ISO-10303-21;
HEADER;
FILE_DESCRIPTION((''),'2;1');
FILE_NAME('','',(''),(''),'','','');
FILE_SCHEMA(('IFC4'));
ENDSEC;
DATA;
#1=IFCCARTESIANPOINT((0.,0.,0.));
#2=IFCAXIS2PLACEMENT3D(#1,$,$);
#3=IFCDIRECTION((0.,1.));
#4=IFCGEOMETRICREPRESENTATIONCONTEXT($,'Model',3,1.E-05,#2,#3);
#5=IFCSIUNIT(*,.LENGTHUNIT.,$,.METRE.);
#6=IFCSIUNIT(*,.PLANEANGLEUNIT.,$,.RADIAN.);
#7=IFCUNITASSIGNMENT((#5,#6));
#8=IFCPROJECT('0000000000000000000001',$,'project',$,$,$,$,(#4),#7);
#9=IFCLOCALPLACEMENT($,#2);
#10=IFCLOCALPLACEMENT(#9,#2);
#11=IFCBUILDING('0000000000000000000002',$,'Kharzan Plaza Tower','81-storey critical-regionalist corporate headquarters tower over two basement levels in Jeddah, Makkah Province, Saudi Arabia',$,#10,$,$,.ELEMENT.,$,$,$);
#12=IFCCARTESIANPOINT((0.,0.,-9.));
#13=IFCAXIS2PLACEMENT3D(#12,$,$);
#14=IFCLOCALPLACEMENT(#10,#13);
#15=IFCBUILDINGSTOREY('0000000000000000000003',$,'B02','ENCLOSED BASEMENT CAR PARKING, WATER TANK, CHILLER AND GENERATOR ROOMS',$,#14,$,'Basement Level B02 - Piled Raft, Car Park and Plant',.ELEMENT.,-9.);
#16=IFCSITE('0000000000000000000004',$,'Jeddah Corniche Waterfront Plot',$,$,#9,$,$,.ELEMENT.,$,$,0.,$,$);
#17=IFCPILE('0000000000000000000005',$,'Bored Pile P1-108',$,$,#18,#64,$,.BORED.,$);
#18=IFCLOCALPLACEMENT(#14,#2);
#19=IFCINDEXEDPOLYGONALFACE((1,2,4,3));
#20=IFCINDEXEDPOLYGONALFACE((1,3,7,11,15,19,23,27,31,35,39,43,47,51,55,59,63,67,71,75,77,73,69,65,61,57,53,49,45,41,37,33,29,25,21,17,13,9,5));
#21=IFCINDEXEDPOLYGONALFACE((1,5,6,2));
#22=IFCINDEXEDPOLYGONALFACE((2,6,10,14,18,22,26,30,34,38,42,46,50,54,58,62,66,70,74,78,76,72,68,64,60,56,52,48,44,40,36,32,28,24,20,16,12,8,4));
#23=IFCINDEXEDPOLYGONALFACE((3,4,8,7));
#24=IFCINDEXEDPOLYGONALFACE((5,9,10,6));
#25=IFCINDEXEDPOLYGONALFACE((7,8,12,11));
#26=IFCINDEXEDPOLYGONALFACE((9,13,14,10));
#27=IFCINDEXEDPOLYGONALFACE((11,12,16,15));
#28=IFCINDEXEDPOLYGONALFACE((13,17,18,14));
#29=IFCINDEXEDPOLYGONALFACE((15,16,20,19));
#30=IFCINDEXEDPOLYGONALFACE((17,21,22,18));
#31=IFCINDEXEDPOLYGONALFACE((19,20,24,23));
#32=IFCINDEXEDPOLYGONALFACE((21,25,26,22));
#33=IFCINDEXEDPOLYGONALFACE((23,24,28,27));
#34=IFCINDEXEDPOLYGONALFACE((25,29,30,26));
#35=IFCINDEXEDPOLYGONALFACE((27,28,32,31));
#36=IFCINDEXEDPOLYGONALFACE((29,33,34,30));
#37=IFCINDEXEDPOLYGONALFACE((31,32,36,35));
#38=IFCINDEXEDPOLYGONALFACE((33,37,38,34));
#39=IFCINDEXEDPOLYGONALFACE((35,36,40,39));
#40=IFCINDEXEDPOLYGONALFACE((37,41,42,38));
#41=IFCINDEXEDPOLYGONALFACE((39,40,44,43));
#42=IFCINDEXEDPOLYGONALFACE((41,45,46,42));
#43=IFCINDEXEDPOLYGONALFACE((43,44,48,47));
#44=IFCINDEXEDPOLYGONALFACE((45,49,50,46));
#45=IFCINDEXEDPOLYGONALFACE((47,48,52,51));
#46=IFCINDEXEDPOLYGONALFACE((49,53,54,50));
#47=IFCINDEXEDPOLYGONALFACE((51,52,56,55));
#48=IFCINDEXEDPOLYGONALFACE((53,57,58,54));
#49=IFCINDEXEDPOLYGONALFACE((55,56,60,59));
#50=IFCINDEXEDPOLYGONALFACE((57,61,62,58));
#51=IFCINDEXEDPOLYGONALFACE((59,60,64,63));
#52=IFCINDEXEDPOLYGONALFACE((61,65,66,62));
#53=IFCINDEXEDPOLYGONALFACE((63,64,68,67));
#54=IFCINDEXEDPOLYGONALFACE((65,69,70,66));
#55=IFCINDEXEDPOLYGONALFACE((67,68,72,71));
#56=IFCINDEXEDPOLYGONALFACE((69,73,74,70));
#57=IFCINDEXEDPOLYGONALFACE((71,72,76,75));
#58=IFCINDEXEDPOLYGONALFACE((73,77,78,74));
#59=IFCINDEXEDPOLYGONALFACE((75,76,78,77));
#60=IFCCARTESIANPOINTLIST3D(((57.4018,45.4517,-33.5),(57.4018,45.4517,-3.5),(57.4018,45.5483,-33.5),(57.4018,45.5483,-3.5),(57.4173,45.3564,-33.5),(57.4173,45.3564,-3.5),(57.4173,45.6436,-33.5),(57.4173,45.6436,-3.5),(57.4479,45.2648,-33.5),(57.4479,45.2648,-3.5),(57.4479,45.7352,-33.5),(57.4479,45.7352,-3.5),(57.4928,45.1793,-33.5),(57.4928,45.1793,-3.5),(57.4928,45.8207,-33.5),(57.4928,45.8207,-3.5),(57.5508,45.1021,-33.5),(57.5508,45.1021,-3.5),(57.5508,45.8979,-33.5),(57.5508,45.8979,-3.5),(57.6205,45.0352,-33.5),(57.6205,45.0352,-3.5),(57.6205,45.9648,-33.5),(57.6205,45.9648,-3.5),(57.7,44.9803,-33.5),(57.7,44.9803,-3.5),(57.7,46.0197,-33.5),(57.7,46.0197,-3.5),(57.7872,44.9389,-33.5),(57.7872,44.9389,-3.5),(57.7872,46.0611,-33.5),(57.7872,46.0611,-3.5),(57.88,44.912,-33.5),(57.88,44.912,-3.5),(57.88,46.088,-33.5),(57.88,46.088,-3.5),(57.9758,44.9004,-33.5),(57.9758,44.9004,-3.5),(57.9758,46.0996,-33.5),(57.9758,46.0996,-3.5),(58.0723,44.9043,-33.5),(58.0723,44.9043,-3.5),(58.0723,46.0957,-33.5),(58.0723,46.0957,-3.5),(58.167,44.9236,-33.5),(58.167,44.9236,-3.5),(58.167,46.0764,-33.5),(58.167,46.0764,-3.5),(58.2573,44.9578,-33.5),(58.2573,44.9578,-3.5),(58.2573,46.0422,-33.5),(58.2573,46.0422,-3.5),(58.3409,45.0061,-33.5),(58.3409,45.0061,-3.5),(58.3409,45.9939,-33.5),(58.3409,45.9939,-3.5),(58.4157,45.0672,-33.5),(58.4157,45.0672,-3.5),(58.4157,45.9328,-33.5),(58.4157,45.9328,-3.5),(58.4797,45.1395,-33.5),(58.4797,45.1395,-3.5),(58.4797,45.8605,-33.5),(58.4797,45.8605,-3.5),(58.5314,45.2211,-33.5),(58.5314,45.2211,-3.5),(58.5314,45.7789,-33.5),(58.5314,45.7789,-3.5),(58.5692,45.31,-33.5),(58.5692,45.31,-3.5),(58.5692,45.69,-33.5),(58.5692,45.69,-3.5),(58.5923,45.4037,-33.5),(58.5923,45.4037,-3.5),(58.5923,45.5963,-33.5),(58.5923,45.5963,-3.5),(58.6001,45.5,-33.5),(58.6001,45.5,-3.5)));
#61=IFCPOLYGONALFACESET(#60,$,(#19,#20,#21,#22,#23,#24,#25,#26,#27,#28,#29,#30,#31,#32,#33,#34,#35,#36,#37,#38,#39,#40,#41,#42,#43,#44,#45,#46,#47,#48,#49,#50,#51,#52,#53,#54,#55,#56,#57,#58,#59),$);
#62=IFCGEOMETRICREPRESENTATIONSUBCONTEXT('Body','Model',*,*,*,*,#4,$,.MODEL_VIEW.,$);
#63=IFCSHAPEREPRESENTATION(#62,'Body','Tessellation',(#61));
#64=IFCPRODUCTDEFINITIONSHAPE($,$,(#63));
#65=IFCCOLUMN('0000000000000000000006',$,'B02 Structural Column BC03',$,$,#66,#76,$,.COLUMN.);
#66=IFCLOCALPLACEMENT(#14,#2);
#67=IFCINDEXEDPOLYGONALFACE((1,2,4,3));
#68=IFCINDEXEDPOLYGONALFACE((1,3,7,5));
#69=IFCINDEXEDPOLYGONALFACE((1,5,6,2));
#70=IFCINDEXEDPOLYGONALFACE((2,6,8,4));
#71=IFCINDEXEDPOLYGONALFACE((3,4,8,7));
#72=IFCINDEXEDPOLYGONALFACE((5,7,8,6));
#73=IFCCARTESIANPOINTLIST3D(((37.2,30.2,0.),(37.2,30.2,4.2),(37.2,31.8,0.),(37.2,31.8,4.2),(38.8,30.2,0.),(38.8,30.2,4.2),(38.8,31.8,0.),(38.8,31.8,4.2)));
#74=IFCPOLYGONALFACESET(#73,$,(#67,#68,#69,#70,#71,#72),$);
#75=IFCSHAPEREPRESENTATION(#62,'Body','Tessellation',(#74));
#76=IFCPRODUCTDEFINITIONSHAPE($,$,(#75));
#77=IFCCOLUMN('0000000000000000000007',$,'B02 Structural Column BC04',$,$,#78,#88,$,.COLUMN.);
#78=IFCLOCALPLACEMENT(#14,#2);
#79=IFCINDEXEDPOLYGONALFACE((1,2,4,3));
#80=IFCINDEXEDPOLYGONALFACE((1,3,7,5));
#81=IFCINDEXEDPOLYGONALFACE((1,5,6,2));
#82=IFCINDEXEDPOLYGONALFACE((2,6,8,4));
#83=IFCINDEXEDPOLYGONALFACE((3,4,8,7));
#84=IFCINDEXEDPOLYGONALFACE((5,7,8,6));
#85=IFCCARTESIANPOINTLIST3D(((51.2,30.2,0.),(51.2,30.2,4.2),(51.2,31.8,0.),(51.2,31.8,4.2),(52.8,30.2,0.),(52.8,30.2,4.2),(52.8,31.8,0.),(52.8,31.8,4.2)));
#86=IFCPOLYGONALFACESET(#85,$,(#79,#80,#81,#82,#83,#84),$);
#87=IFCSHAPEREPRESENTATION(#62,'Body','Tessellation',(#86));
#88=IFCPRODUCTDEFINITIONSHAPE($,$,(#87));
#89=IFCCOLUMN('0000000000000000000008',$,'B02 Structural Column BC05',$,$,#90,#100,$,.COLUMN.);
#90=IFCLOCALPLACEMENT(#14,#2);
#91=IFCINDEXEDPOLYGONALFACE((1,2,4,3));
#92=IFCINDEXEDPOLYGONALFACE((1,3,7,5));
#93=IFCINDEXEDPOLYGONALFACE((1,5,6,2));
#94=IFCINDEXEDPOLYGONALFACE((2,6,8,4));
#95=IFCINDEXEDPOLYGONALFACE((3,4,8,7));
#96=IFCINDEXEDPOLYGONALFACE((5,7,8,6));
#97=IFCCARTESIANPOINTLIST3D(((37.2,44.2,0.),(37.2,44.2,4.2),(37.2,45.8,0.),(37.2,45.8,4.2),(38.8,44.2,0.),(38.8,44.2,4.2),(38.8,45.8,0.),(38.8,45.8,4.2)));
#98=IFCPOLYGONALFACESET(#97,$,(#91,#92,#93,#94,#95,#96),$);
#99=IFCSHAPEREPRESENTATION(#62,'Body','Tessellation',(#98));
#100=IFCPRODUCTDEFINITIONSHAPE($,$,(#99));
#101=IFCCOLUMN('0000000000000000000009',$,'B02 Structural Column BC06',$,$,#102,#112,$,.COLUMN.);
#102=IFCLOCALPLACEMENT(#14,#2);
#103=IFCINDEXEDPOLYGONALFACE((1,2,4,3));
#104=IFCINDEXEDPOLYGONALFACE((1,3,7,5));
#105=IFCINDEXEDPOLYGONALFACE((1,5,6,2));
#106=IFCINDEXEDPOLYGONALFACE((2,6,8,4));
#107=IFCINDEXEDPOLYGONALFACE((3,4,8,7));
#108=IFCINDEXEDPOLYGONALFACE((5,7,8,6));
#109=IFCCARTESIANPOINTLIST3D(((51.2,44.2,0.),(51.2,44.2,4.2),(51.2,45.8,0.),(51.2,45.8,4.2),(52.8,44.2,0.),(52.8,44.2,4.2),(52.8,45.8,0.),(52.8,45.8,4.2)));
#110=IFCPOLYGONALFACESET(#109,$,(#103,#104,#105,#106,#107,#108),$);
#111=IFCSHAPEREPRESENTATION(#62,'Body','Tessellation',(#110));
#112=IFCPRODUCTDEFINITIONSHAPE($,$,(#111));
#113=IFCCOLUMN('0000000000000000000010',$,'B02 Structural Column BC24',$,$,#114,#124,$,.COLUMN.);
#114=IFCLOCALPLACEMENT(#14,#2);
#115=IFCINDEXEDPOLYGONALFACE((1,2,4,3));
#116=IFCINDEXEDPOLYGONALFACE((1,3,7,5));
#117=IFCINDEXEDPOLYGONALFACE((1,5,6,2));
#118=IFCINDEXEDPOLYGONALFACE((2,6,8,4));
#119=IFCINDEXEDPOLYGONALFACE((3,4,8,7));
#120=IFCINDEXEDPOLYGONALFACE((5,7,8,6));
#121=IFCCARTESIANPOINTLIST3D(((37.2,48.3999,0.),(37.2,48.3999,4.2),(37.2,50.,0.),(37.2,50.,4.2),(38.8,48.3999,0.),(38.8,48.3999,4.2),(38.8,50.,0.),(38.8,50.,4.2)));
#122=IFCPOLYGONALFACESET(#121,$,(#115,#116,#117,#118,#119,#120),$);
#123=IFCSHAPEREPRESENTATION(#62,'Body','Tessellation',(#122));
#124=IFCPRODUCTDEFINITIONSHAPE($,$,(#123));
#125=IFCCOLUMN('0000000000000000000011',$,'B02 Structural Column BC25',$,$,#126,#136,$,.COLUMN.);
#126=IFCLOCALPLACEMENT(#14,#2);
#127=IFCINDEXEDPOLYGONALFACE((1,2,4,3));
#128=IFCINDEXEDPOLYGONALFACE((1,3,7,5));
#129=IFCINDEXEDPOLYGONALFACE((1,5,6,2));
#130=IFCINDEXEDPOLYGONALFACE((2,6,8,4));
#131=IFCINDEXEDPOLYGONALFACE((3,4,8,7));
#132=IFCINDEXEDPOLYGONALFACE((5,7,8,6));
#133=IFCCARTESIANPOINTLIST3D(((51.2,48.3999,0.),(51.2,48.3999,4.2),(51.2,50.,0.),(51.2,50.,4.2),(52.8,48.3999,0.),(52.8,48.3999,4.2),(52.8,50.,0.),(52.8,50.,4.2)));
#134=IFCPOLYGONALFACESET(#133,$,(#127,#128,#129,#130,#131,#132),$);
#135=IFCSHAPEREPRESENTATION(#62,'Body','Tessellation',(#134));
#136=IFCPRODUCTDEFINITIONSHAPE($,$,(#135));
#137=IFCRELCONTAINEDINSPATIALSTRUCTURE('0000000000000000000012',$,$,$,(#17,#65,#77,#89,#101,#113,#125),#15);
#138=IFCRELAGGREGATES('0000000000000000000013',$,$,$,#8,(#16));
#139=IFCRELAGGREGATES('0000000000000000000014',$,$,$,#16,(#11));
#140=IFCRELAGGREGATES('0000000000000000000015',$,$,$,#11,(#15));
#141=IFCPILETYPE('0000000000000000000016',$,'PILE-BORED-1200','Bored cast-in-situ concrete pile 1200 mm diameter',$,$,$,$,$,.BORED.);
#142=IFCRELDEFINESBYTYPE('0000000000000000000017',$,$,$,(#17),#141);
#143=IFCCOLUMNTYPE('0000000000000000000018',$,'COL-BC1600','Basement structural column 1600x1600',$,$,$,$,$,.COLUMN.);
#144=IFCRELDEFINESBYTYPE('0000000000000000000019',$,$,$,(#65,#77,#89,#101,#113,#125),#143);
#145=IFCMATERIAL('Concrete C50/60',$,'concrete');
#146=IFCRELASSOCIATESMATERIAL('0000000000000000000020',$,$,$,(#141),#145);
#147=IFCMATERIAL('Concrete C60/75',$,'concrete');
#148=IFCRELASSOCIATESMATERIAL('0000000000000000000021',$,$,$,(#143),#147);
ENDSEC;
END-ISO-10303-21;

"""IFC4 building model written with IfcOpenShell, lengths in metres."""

from ifc_helpers import new_model, si_unit, direction, frame, origin, origin_2d, place, context, subcontext, project, spatial, rectangle, circle, extrude, source, transform, mapped, material, material_profile, profile_set, type_object, element, save


model = new_model("IFC4")

# Units and contexts
model_context = context("Model", 3, precision=1e-05, world=origin(), true_north=direction((0.0, 1.0)))
body_context = subcontext(model_context, "Body", "Model", "MODEL_VIEW")
ifc_project = project(units=[si_unit("LENGTHUNIT", "METRE"), si_unit("PLANEANGLEUNIT", "RADIAN")], contexts=[model_context])

# Site, building, storey
site_placement = place(None, origin())
site = spatial("IfcSite", under=ifc_project, at=site_placement, Name="Jeddah Corniche Waterfront Plot", CompositionType="ELEMENT", RefElevation=0.0)
building_placement = place(site_placement, origin())
building = spatial("IfcBuilding", under=site, at=building_placement, Name="Kharzan Plaza Tower", Description="81-storey critical-regionalist corporate headquarters tower over two basement levels in Jeddah, Makkah Province, Saudi Arabia", CompositionType="ELEMENT")
storey_placement = place(building_placement, frame((0.0, 0.0, -9.0)))
storey = spatial("IfcBuildingStorey", under=building, at=storey_placement, Name="B02", Description="ENCLOSED BASEMENT CAR PARKING, WATER TANK, CHILLER AND GENERATOR ROOMS", LongName="Basement Level B02 - Piled Raft, Car Park and Plant", CompositionType="ELEMENT", Elevation=-9.0)

# Pile
ifc_material_1 = material(Name="Concrete C50/60", Category="concrete")
ifc_material_profile_1 = material_profile(ifc_material_1, circle(Radius=0.6001, at=origin_2d()), Name="PILE-D1200")
ifc_profile_set_1 = profile_set([ifc_material_profile_1], Name="Concrete C50/60")
pile_type = type_object("IfcPileType", Name="PILE-BORED-1200", Description="Bored cast-in-situ concrete pile 1200 mm diameter", PredefinedType="BORED", material=ifc_profile_set_1)
shared_shape_1 = source(origin(), body_context, "Body", "SweptSolid", [
    extrude(circle(Radius=0.6001, at=origin_2d()), origin(), (0.0, 0.0, 1.0), 30.0),
])
for number, where, z_axis, x_axis, name in (
    (1, (58.0, 45.5, -3.5), (0.0, 0.0, -1.0), (1.0, 0.0, 0.0), "Bored Pile P1-108"),
):
    element("IfcPile", number, at=place(storey_placement, frame(where, z_axis=z_axis, x_axis=x_axis)), inside=storey, type_object=pile_type, Name=name, PredefinedType="BORED", context=body_context, shape_type="MappedRepresentation", body=[
        mapped(shared_shape_1, transform((0.0, 0.0, 0.0), x_axis=(1.0, 0.0, 0.0), y_axis=(0.0, 1.0, 0.0), z_axis=(0.0, 0.0, 1.0))),
    ])

# Columns
ifc_material_2 = material(Name="Concrete C60/75", Category="concrete")
ifc_material_profile_2 = material_profile(ifc_material_2, rectangle(XDim=1.6001, YDim=1.6001, at=origin_2d()), Name="RC-MC1600x1600")
ifc_profile_set_2 = profile_set([ifc_material_profile_2], Name="Concrete C60/75")
column_type = type_object("IfcColumnType", Name="COL-BC1600", Description="Basement structural column 1600x1600", PredefinedType="COLUMN", material=ifc_profile_set_2)
shared_shape_2 = source(origin(), body_context, "Body", "SweptSolid", [
    extrude(rectangle(XDim=1.6001, YDim=1.6001, at=origin_2d()), origin(), (0.0, 0.0, 1.0), 4.2),
])
for number, where, z_axis, x_axis, name in (
    (2, (38.0, 31.0, 0.0), (0.0, 0.0, 1.0), (1.0, 0.0, 0.0), "B02 Structural Column BC03"),
    (3, (52.0, 31.0, 0.0), (0.0, 0.0, 1.0), (1.0, 0.0, 0.0), "B02 Structural Column BC04"),
    (4, (38.0, 45.0, 0.0), (0.0, 0.0, 1.0), (1.0, 0.0, 0.0), "B02 Structural Column BC05"),
    (5, (52.0, 45.0, 0.0), (0.0, 0.0, 1.0), (1.0, 0.0, 0.0), "B02 Structural Column BC06"),
    (6, (38.0, 49.2, 0.0), (0.0, 0.0, 1.0), (1.0, 0.0, 0.0), "B02 Structural Column BC24"),
    (7, (52.0, 49.2, 0.0), (0.0, 0.0, 1.0), (1.0, 0.0, 0.0), "B02 Structural Column BC25"),
):
    element("IfcColumn", number, at=place(storey_placement, frame(where, z_axis=z_axis, x_axis=x_axis)), inside=storey, type_object=column_type, Name=name, PredefinedType="COLUMN", context=body_context, shape_type="MappedRepresentation", body=[
        mapped(shared_shape_2, transform((0.0, 0.0, 0.0), x_axis=(1.0, 0.0, 0.0), y_axis=(0.0, 1.0, 0.0), z_axis=(0.0, 0.0, 1.0))),
    ])

save(model, "model.ifc")
